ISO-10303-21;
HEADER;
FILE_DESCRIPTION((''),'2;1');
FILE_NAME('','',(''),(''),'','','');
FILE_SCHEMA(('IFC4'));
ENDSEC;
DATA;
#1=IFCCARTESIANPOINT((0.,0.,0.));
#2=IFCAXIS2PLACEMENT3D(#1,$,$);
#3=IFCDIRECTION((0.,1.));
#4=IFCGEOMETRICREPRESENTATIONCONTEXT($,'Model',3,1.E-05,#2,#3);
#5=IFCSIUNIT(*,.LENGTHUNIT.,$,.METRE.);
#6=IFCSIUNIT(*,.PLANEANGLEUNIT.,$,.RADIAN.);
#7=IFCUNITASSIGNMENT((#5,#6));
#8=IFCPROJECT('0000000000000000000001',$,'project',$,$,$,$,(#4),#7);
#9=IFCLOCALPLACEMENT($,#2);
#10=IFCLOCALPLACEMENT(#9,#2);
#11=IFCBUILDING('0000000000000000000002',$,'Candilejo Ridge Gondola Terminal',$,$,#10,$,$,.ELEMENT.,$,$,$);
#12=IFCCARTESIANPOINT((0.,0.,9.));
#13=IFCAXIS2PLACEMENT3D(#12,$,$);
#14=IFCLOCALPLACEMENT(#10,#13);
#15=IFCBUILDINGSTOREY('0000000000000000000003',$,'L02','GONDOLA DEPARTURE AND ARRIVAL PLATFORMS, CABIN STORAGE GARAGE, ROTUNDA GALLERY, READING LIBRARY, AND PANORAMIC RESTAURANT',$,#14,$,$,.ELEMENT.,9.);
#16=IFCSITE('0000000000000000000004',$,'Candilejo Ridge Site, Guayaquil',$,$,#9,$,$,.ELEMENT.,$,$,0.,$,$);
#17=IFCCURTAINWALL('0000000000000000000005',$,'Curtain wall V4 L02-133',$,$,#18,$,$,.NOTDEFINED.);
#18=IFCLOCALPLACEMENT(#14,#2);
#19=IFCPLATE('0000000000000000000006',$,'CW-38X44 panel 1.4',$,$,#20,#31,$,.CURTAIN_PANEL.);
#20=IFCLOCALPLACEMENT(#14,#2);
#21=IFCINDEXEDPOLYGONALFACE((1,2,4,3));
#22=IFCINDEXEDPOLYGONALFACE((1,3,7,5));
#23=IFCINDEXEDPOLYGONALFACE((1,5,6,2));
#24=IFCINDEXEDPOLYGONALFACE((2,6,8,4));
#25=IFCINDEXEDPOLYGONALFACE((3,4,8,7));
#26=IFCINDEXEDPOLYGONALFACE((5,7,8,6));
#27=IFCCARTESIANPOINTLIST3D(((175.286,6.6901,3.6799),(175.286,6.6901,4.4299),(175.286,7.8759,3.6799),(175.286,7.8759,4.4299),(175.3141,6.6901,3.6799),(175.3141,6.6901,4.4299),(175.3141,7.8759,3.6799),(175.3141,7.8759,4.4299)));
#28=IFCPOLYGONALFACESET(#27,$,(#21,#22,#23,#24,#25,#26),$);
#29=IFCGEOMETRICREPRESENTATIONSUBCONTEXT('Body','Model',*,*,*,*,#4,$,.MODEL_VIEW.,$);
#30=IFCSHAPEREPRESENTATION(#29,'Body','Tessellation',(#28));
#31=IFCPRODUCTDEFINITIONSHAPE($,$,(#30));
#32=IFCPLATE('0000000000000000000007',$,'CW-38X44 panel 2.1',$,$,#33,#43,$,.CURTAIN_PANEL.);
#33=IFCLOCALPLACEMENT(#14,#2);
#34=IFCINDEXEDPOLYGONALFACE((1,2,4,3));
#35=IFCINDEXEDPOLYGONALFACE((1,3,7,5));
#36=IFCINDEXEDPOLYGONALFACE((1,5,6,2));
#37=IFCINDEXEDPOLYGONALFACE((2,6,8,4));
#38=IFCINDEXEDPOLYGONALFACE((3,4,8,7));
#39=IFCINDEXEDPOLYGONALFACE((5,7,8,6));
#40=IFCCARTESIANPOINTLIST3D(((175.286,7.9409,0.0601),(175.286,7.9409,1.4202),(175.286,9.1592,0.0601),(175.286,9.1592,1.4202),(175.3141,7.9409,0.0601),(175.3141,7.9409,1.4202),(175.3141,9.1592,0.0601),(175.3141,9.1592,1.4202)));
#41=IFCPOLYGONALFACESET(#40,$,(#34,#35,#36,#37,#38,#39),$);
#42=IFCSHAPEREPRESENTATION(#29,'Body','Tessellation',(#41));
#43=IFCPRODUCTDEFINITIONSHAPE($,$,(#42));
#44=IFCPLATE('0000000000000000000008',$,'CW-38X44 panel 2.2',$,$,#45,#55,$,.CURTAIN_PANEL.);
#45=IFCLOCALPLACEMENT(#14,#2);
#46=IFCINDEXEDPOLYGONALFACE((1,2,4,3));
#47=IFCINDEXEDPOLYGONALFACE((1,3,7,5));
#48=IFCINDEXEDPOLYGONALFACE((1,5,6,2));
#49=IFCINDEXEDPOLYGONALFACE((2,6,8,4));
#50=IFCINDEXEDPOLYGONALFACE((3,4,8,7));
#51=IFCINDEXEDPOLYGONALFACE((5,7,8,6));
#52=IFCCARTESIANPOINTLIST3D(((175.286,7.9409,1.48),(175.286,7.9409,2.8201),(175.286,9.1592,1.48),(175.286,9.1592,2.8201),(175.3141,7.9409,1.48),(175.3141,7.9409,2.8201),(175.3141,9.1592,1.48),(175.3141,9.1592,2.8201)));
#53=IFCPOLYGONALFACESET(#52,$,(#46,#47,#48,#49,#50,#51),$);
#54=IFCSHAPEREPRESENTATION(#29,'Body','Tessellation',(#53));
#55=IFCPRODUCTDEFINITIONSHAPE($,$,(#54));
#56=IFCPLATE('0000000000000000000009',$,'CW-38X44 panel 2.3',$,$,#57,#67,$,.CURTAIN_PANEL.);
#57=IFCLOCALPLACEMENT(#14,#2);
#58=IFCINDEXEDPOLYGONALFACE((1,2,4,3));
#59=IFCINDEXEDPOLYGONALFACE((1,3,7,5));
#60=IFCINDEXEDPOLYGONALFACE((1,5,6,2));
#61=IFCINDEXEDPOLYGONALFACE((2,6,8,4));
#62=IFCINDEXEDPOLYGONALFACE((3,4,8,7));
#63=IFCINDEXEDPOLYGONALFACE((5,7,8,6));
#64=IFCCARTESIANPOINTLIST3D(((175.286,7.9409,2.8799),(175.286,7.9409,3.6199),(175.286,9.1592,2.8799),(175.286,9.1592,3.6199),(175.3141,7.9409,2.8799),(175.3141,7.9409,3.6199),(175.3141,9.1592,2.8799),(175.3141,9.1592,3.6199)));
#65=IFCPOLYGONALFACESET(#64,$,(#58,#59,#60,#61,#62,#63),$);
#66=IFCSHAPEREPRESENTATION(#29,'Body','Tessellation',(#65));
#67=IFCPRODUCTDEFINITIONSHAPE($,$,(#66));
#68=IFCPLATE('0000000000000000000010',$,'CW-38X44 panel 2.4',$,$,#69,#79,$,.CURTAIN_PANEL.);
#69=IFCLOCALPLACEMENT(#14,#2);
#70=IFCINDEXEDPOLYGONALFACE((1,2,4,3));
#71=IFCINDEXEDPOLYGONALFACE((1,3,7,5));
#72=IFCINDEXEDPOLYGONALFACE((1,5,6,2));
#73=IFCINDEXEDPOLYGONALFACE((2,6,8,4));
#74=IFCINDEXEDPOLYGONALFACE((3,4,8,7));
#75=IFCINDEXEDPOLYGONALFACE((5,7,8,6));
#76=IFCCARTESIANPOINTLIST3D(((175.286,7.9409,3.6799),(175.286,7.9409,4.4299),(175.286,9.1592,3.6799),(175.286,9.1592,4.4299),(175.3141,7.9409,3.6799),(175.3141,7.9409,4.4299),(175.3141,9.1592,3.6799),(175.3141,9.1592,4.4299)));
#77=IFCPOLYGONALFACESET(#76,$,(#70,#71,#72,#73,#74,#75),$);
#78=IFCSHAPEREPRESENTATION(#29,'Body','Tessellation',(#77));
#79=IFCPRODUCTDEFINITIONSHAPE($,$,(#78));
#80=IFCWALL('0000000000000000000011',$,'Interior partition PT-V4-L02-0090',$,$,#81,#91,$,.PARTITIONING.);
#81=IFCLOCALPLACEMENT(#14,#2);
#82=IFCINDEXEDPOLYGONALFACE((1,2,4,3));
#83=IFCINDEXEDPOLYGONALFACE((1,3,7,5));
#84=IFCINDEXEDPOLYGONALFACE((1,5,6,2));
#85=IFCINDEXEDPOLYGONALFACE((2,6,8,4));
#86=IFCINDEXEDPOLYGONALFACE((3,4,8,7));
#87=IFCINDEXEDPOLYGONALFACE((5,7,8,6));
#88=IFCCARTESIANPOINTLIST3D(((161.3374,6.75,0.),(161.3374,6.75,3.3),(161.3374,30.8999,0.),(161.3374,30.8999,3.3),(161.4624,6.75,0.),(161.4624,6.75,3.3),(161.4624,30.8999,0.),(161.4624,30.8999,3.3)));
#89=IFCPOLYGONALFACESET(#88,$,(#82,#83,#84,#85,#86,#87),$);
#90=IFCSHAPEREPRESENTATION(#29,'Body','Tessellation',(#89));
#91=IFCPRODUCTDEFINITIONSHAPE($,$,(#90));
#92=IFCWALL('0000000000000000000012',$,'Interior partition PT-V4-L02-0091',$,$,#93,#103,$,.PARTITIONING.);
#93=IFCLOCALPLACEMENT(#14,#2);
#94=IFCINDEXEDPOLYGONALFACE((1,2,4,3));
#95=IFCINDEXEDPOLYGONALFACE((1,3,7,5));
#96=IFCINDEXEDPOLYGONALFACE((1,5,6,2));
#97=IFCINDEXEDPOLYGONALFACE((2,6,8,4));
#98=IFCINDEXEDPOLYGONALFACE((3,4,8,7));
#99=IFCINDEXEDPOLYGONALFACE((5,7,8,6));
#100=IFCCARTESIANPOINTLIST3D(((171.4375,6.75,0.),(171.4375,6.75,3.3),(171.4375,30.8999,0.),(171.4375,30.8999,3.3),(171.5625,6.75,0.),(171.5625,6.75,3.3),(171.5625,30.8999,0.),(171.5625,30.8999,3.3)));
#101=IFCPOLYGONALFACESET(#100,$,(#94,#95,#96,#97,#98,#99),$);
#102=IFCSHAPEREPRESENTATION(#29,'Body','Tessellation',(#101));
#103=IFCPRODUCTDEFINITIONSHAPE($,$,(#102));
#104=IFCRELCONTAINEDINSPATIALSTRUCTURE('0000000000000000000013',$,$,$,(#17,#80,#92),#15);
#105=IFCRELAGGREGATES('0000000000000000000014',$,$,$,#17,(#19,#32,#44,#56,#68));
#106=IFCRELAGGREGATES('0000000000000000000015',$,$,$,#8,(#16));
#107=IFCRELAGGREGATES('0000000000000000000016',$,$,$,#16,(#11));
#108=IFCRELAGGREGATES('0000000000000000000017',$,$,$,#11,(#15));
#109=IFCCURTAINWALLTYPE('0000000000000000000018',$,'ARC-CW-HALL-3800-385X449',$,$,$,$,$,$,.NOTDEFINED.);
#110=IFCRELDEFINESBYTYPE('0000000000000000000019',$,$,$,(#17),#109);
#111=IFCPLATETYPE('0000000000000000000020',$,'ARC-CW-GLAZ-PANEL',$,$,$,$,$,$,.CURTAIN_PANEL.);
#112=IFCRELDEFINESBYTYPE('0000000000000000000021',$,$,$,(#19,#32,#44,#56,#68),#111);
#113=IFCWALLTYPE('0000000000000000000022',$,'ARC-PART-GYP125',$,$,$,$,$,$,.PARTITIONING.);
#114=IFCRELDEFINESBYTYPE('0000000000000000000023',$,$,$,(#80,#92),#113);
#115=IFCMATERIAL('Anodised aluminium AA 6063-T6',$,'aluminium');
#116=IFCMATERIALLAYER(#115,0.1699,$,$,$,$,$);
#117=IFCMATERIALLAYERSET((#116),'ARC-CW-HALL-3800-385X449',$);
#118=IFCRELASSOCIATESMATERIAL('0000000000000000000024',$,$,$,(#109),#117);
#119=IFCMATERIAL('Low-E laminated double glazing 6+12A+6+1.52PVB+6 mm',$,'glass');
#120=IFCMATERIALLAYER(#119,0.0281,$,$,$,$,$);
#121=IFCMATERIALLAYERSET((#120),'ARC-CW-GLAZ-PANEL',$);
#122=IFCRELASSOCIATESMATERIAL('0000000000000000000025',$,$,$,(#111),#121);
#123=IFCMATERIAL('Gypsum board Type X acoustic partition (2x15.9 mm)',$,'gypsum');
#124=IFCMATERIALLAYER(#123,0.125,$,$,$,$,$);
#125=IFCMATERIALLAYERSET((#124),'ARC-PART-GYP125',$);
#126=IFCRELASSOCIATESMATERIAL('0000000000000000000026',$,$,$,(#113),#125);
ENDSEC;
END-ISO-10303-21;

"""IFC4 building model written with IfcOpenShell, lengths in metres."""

from ifc_helpers import new_model, si_unit, direction, frame, frame_2d, origin, origin_2d, place, context, subcontext, project, spatial, rectangle, extrude, material, layer, layer_set, type_object, element, aggregate, save


model = new_model("IFC4")

# Units and contexts
model_context = context("Model", 3, precision=1e-05, world=origin(), true_north=direction((0.0, 1.0)))
body_context = subcontext(model_context, "Body", "Model", "MODEL_VIEW")
ifc_project = project(units=[si_unit("LENGTHUNIT", "METRE"), si_unit("PLANEANGLEUNIT", "RADIAN")], contexts=[model_context])

# Site, building, storey
site_placement = place(None, origin())
site = spatial("IfcSite", under=ifc_project, at=site_placement, Name="Candilejo Ridge Site, Guayaquil", CompositionType="ELEMENT", RefElevation=0.0)
building_placement = place(site_placement, origin())
building = spatial("IfcBuilding", under=site, at=building_placement, Name="Candilejo Ridge Gondola Terminal", CompositionType="ELEMENT")
storey_placement = place(building_placement, frame((0.0, 0.0, 9.0)))
storey = spatial("IfcBuildingStorey", under=building, at=storey_placement, Name="L02", Description="GONDOLA DEPARTURE AND ARRIVAL PLATFORMS, CABIN STORAGE GARAGE, ROTUNDA GALLERY, READING LIBRARY, AND PANORAMIC RESTAURANT", CompositionType="ELEMENT", Elevation=9.0)

# Curtain wall
ifc_material_1 = material(Name="Anodised aluminium AA 6063-T6", Category="aluminium")
ifc_layer_1 = layer(ifc_material_1, 0.1699)
ifc_layer_set_1 = layer_set([ifc_layer_1], Name="ARC-CW-HALL-3800-385X449")
curtain_wall_type = type_object("IfcCurtainWallType", Name="ARC-CW-HALL-3800-385X449", PredefinedType="NOTDEFINED", material=ifc_layer_set_1)
curtain_wall_placement = place(storey_placement, origin())
curtain_wall = element("IfcCurtainWall", 1, at=curtain_wall_placement, inside=storey, type_object=curtain_wall_type, Name="Curtain wall V4 L02-133", PredefinedType="NOTDEFINED")

# Plates
ifc_material_2 = material(Name="Low-E laminated double glazing 6+12A+6+1.52PVB+6 mm", Category="glass")
ifc_layer_2 = layer(ifc_material_2, 0.0281)
ifc_layer_set_2 = layer_set([ifc_layer_2], Name="ARC-CW-GLAZ-PANEL")
plate_type = type_object("IfcPlateType", Name="ARC-CW-GLAZ-PANEL", PredefinedType="CURTAIN_PANEL", material=ifc_layer_set_2)
plate_1_placement = place(storey_placement, frame((175.3, 7.283, 3.6799), z_axis=(0.0, 0.0, 1.0), x_axis=(0.0, 1.0, 0.0)))
plate_1 = element("IfcPlate", 2, at=plate_1_placement, type_object=plate_type, Name="CW-38X44 panel 1.4", PredefinedType="CURTAIN_PANEL", context=body_context, shape_type="SweptSolid", body=[
    extrude(rectangle(XDim=1.1858, YDim=0.0281, at=origin_2d()), origin(), (0.0, 0.0, 1.0), 0.75),
])
plate_2_placement = place(storey_placement, frame((175.3, 8.55, 0.0601), z_axis=(0.0, 0.0, 1.0), x_axis=(0.0, 1.0, 0.0)))
plate_2 = element("IfcPlate", 3, at=plate_2_placement, type_object=plate_type, Name="CW-38X44 panel 2.1", PredefinedType="CURTAIN_PANEL", context=body_context, shape_type="SweptSolid", body=[
    extrude(rectangle(XDim=1.2183, YDim=0.0281, at=origin_2d()), origin(), (0.0, 0.0, 1.0), 1.3601),
])
plate_3_placement = place(storey_placement, frame((175.3, 8.55, 1.48), z_axis=(0.0, 0.0, 1.0), x_axis=(0.0, 1.0, 0.0)))
plate_3 = element("IfcPlate", 4, at=plate_3_placement, type_object=plate_type, Name="CW-38X44 panel 2.2", PredefinedType="CURTAIN_PANEL", context=body_context, shape_type="SweptSolid", body=[
    extrude(rectangle(XDim=1.2183, YDim=0.0281, at=origin_2d()), origin(), (0.0, 0.0, 1.0), 1.3401),
])
plate_4_placement = place(storey_placement, frame((175.3, 8.55, 2.8799), z_axis=(0.0, 0.0, 1.0), x_axis=(0.0, 1.0, 0.0)))
plate_4 = element("IfcPlate", 5, at=plate_4_placement, type_object=plate_type, Name="CW-38X44 panel 2.3", PredefinedType="CURTAIN_PANEL", context=body_context, shape_type="SweptSolid", body=[
    extrude(rectangle(XDim=1.2183, YDim=0.0281, at=origin_2d()), origin(), (0.0, 0.0, 1.0), 0.74),
])
plate_5_placement = place(storey_placement, frame((175.3, 8.55, 3.6799), z_axis=(0.0, 0.0, 1.0), x_axis=(0.0, 1.0, 0.0)))
plate_5 = element("IfcPlate", 6, at=plate_5_placement, type_object=plate_type, Name="CW-38X44 panel 2.4", PredefinedType="CURTAIN_PANEL", context=body_context, shape_type="SweptSolid", body=[
    extrude(rectangle(XDim=1.2183, YDim=0.0281, at=origin_2d()), origin(), (0.0, 0.0, 1.0), 0.75),
])
aggregate(curtain_wall, [plate_1, plate_2, plate_3, plate_4, plate_5])

# Walls
ifc_material_3 = material(Name="Gypsum board Type X acoustic partition (2x15.9 mm)", Category="gypsum")
ifc_layer_3 = layer(ifc_material_3, 0.125)
ifc_layer_set_3 = layer_set([ifc_layer_3], Name="ARC-PART-GYP125")
wall_type = type_object("IfcWallType", Name="ARC-PART-GYP125", PredefinedType="PARTITIONING", material=ifc_layer_set_3)
for number, where, z_axis, x_axis, name in (
    (7, (161.3999, 6.75, 0.0), (0.0, 0.0, 1.0), (0.0, 1.0, 0.0), "Interior partition PT-V4-L02-0090"),
    (8, (171.5, 6.75, 0.0), (0.0, 0.0, 1.0), (0.0, 1.0, 0.0), "Interior partition PT-V4-L02-0091"),
):
    element("IfcWall", number, at=place(storey_placement, frame(where, z_axis=z_axis, x_axis=x_axis)), inside=storey, type_object=wall_type, Name=name, PredefinedType="PARTITIONING", context=body_context, shape_type="SweptSolid", body=[
        extrude(rectangle(XDim=24.1499, YDim=0.125, at=frame_2d((12.075, 0.0))), origin(), (0.0, 0.0, 1.0), 3.3),
    ])

save(model, "model.ifc")
